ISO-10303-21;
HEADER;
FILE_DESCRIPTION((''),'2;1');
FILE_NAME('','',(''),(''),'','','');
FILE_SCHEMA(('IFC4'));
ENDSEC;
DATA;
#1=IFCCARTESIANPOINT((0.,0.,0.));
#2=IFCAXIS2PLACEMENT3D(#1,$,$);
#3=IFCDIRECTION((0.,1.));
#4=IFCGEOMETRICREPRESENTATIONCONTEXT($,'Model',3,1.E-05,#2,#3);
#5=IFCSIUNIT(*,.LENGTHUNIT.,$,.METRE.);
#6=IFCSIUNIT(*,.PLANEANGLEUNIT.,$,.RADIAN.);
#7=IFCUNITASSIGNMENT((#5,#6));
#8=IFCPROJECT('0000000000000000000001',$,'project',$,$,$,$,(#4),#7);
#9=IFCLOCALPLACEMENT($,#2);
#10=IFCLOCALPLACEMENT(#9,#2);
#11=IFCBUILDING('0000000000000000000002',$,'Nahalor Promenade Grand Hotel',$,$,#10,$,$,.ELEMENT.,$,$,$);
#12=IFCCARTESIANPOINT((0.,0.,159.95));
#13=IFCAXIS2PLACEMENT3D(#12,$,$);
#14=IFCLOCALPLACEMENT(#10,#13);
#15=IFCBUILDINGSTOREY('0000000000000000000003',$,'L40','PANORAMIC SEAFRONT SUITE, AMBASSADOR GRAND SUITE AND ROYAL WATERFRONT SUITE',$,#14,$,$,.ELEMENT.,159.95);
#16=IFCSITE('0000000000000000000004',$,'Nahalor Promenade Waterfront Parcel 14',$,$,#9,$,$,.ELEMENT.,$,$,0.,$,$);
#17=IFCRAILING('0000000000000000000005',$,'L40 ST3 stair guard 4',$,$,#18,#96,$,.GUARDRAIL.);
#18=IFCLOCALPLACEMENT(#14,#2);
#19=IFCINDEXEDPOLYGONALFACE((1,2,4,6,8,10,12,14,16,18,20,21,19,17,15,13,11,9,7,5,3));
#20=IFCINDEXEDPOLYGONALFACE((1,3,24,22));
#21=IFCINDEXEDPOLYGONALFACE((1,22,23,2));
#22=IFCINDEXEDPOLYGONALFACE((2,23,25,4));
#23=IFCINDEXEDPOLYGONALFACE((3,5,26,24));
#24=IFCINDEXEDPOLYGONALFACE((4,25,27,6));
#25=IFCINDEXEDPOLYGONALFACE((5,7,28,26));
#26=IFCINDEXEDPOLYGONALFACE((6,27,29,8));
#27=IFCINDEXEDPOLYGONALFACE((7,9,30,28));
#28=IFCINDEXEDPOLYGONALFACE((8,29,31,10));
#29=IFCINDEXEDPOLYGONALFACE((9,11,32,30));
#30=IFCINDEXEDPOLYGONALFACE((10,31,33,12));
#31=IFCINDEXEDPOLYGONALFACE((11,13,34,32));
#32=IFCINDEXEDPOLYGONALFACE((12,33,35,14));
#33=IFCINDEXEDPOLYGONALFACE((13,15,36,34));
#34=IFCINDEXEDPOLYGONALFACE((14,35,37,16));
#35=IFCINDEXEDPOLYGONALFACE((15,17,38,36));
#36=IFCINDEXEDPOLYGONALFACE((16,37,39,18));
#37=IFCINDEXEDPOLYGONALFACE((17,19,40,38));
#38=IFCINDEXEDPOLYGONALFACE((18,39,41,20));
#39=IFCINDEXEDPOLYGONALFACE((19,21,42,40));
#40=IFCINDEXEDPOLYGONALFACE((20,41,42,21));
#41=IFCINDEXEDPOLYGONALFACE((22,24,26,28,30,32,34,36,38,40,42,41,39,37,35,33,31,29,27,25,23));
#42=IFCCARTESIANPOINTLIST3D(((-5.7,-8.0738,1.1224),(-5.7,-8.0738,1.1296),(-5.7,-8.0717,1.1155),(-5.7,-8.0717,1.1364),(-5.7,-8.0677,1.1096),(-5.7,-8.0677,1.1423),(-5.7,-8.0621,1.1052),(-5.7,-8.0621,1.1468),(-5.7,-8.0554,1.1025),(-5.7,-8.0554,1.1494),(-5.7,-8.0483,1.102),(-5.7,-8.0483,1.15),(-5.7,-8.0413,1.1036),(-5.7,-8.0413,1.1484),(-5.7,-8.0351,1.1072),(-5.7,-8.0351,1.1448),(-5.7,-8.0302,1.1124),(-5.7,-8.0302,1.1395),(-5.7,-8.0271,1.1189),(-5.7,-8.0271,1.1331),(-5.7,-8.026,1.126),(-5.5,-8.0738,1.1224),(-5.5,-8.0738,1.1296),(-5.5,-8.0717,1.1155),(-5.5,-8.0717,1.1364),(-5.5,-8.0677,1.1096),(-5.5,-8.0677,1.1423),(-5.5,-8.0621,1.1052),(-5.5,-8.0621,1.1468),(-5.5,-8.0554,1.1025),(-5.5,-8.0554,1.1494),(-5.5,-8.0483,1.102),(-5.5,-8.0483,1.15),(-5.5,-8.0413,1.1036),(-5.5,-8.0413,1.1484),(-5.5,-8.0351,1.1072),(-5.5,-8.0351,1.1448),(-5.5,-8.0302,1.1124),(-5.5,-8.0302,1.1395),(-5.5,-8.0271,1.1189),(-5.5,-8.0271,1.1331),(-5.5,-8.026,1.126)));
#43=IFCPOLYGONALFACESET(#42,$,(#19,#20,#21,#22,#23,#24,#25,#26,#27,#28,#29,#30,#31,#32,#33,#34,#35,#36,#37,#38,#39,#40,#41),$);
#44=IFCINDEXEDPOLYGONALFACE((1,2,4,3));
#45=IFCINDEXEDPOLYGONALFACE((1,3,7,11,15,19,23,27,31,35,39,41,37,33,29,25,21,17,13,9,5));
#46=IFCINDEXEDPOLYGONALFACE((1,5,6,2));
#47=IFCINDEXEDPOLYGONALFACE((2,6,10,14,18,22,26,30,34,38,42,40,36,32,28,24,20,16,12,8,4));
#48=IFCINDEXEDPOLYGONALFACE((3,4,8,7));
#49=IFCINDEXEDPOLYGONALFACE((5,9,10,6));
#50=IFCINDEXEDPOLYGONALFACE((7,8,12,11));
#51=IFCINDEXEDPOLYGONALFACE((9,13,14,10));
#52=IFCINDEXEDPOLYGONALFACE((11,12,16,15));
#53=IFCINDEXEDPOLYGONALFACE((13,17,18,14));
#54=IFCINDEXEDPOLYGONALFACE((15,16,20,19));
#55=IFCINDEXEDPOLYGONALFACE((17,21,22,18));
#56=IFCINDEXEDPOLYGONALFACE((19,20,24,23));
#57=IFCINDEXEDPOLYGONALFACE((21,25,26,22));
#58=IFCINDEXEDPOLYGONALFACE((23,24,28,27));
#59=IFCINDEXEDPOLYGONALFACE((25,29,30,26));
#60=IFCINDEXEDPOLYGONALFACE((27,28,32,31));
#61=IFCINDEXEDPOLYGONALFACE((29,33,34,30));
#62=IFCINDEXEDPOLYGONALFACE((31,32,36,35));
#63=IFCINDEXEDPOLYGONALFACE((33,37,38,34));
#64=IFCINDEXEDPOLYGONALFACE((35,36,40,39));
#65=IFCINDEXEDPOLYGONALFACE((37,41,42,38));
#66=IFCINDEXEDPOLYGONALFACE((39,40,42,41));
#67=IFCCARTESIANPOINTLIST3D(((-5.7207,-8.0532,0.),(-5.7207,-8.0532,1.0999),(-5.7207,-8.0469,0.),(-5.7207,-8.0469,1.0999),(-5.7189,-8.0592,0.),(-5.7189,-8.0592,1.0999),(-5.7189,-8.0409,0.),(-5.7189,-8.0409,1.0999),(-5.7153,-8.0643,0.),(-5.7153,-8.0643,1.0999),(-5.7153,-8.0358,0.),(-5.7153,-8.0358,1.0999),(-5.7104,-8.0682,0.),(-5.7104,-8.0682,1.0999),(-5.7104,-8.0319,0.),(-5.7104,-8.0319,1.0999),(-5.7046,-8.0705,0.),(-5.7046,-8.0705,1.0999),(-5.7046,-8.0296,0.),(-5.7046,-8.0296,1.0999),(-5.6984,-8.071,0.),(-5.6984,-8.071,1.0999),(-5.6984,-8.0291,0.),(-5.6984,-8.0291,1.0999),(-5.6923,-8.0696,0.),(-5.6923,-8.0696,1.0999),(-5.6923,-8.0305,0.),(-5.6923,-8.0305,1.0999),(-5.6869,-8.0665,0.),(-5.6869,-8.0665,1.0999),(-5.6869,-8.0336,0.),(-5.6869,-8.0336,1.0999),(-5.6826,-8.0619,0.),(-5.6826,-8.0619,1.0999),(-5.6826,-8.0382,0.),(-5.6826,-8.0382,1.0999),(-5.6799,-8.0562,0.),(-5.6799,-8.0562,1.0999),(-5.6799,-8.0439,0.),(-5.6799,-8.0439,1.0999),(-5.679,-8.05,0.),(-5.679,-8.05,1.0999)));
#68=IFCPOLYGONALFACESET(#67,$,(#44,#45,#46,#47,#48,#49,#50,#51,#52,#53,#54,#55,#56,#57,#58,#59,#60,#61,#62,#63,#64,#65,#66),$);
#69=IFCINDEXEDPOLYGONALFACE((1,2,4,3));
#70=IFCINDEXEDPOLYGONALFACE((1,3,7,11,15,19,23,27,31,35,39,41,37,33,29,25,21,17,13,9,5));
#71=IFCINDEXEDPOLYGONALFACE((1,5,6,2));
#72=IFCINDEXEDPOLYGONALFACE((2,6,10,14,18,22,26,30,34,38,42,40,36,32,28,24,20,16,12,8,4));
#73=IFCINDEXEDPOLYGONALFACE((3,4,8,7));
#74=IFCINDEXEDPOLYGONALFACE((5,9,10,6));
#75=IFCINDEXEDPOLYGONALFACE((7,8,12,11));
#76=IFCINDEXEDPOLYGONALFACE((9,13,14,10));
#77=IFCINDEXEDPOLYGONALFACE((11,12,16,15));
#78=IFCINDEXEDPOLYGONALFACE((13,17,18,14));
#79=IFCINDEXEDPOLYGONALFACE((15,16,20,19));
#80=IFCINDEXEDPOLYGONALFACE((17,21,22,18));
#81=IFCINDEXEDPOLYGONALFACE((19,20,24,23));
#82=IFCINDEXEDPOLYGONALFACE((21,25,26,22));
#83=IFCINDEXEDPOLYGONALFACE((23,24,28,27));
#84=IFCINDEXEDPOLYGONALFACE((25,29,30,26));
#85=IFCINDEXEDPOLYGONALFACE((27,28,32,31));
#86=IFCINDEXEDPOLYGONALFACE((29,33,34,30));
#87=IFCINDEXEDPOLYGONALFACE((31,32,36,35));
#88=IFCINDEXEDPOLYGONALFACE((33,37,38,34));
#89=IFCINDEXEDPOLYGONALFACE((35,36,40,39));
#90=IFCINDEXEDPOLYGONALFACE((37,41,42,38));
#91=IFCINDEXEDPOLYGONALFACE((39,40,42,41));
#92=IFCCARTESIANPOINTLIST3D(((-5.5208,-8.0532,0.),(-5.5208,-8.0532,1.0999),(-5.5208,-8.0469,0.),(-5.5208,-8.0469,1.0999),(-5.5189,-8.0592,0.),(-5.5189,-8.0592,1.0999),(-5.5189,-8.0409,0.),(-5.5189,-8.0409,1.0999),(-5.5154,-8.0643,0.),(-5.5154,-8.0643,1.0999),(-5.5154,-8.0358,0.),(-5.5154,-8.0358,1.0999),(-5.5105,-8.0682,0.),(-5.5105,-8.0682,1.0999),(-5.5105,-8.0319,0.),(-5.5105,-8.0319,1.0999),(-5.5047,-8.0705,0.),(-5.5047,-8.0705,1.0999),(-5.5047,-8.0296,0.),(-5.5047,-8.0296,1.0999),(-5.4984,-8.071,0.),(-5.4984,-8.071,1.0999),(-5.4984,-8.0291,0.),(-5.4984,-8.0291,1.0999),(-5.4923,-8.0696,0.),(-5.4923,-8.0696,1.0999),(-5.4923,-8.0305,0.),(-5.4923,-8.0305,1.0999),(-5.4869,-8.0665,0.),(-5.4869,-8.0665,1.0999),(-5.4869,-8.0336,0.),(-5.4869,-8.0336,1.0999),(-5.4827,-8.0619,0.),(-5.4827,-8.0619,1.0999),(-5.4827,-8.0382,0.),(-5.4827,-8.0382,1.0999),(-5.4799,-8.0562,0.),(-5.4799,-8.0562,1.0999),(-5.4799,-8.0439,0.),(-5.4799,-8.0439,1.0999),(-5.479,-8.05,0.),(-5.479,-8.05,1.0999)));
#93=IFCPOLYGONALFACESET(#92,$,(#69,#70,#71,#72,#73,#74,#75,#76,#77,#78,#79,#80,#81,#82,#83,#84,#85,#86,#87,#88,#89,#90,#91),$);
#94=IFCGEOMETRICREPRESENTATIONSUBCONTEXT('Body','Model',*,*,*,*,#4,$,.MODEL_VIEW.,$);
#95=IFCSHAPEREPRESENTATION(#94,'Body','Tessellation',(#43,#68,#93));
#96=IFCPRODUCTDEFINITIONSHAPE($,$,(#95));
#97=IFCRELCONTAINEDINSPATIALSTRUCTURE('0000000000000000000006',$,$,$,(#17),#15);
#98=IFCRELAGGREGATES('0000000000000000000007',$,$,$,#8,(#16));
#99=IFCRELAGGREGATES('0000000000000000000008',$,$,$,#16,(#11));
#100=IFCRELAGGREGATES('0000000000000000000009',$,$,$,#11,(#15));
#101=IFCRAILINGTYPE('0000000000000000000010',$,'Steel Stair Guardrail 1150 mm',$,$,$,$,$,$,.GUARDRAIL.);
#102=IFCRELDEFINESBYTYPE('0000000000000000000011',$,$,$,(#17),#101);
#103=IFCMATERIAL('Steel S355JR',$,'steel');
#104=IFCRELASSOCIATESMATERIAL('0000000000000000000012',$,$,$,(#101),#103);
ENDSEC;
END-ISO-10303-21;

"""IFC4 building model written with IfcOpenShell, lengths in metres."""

from ifc_helpers import new_model, si_unit, direction, frame, origin, origin_2d, place, context, subcontext, project, spatial, circle, extrude, material, type_object, element, save


model = new_model("IFC4")

# Units and contexts
model_context = context("Model", 3, precision=1e-05, world=origin(), true_north=direction((0.0, 1.0)))
body_context = subcontext(model_context, "Body", "Model", "MODEL_VIEW")
ifc_project = project(units=[si_unit("LENGTHUNIT", "METRE"), si_unit("PLANEANGLEUNIT", "RADIAN")], contexts=[model_context])

# Site, building, storey
site_placement = place(None, origin())
site = spatial("IfcSite", under=ifc_project, at=site_placement, Name="Nahalor Promenade Waterfront Parcel 14", CompositionType="ELEMENT", RefElevation=0.0)
building_placement = place(site_placement, origin())
building = spatial("IfcBuilding", under=site, at=building_placement, Name="Nahalor Promenade Grand Hotel", CompositionType="ELEMENT")
storey_placement = place(building_placement, frame((0.0, 0.0, 159.95)))
storey = spatial("IfcBuildingStorey", under=building, at=storey_placement, Name="L40", Description="PANORAMIC SEAFRONT SUITE, AMBASSADOR GRAND SUITE AND ROYAL WATERFRONT SUITE", CompositionType="ELEMENT", Elevation=159.95)

# Shared definitions
ifc_material_1 = material(Name="Steel S355JR", Category="steel")

# Railing
railing_type_1 = type_object("IfcRailingType", Name="Steel Stair Guardrail 1150 mm", PredefinedType="GUARDRAIL", material=ifc_material_1)
railing_1_placement = place(storey_placement, frame((-5.7, -8.05, 0.0)))
element("IfcRailing", 1, at=railing_1_placement, inside=storey, type_object=railing_type_1, Name="L40 ST3 stair guard 4", PredefinedType="GUARDRAIL", context=body_context, shape_type="SweptSolid", body=[
    extrude(circle(Radius=0.024, at=origin_2d()), frame((0.0, 0.0, 1.126), z_axis=(1.0, 0.0, 0.0), x_axis=(0.0, 1.0, 0.0)), (0.0, 0.0, 1.0), 0.2),
    extrude(circle(Radius=0.021, at=origin_2d()), origin(), (0.0, 0.0, 1.0), 1.0999),
    extrude(circle(Radius=0.021, at=origin_2d()), frame((0.2, 0.0, 0.0)), (0.0, 0.0, 1.0), 1.0999),
])

save(model, "model.ifc")
